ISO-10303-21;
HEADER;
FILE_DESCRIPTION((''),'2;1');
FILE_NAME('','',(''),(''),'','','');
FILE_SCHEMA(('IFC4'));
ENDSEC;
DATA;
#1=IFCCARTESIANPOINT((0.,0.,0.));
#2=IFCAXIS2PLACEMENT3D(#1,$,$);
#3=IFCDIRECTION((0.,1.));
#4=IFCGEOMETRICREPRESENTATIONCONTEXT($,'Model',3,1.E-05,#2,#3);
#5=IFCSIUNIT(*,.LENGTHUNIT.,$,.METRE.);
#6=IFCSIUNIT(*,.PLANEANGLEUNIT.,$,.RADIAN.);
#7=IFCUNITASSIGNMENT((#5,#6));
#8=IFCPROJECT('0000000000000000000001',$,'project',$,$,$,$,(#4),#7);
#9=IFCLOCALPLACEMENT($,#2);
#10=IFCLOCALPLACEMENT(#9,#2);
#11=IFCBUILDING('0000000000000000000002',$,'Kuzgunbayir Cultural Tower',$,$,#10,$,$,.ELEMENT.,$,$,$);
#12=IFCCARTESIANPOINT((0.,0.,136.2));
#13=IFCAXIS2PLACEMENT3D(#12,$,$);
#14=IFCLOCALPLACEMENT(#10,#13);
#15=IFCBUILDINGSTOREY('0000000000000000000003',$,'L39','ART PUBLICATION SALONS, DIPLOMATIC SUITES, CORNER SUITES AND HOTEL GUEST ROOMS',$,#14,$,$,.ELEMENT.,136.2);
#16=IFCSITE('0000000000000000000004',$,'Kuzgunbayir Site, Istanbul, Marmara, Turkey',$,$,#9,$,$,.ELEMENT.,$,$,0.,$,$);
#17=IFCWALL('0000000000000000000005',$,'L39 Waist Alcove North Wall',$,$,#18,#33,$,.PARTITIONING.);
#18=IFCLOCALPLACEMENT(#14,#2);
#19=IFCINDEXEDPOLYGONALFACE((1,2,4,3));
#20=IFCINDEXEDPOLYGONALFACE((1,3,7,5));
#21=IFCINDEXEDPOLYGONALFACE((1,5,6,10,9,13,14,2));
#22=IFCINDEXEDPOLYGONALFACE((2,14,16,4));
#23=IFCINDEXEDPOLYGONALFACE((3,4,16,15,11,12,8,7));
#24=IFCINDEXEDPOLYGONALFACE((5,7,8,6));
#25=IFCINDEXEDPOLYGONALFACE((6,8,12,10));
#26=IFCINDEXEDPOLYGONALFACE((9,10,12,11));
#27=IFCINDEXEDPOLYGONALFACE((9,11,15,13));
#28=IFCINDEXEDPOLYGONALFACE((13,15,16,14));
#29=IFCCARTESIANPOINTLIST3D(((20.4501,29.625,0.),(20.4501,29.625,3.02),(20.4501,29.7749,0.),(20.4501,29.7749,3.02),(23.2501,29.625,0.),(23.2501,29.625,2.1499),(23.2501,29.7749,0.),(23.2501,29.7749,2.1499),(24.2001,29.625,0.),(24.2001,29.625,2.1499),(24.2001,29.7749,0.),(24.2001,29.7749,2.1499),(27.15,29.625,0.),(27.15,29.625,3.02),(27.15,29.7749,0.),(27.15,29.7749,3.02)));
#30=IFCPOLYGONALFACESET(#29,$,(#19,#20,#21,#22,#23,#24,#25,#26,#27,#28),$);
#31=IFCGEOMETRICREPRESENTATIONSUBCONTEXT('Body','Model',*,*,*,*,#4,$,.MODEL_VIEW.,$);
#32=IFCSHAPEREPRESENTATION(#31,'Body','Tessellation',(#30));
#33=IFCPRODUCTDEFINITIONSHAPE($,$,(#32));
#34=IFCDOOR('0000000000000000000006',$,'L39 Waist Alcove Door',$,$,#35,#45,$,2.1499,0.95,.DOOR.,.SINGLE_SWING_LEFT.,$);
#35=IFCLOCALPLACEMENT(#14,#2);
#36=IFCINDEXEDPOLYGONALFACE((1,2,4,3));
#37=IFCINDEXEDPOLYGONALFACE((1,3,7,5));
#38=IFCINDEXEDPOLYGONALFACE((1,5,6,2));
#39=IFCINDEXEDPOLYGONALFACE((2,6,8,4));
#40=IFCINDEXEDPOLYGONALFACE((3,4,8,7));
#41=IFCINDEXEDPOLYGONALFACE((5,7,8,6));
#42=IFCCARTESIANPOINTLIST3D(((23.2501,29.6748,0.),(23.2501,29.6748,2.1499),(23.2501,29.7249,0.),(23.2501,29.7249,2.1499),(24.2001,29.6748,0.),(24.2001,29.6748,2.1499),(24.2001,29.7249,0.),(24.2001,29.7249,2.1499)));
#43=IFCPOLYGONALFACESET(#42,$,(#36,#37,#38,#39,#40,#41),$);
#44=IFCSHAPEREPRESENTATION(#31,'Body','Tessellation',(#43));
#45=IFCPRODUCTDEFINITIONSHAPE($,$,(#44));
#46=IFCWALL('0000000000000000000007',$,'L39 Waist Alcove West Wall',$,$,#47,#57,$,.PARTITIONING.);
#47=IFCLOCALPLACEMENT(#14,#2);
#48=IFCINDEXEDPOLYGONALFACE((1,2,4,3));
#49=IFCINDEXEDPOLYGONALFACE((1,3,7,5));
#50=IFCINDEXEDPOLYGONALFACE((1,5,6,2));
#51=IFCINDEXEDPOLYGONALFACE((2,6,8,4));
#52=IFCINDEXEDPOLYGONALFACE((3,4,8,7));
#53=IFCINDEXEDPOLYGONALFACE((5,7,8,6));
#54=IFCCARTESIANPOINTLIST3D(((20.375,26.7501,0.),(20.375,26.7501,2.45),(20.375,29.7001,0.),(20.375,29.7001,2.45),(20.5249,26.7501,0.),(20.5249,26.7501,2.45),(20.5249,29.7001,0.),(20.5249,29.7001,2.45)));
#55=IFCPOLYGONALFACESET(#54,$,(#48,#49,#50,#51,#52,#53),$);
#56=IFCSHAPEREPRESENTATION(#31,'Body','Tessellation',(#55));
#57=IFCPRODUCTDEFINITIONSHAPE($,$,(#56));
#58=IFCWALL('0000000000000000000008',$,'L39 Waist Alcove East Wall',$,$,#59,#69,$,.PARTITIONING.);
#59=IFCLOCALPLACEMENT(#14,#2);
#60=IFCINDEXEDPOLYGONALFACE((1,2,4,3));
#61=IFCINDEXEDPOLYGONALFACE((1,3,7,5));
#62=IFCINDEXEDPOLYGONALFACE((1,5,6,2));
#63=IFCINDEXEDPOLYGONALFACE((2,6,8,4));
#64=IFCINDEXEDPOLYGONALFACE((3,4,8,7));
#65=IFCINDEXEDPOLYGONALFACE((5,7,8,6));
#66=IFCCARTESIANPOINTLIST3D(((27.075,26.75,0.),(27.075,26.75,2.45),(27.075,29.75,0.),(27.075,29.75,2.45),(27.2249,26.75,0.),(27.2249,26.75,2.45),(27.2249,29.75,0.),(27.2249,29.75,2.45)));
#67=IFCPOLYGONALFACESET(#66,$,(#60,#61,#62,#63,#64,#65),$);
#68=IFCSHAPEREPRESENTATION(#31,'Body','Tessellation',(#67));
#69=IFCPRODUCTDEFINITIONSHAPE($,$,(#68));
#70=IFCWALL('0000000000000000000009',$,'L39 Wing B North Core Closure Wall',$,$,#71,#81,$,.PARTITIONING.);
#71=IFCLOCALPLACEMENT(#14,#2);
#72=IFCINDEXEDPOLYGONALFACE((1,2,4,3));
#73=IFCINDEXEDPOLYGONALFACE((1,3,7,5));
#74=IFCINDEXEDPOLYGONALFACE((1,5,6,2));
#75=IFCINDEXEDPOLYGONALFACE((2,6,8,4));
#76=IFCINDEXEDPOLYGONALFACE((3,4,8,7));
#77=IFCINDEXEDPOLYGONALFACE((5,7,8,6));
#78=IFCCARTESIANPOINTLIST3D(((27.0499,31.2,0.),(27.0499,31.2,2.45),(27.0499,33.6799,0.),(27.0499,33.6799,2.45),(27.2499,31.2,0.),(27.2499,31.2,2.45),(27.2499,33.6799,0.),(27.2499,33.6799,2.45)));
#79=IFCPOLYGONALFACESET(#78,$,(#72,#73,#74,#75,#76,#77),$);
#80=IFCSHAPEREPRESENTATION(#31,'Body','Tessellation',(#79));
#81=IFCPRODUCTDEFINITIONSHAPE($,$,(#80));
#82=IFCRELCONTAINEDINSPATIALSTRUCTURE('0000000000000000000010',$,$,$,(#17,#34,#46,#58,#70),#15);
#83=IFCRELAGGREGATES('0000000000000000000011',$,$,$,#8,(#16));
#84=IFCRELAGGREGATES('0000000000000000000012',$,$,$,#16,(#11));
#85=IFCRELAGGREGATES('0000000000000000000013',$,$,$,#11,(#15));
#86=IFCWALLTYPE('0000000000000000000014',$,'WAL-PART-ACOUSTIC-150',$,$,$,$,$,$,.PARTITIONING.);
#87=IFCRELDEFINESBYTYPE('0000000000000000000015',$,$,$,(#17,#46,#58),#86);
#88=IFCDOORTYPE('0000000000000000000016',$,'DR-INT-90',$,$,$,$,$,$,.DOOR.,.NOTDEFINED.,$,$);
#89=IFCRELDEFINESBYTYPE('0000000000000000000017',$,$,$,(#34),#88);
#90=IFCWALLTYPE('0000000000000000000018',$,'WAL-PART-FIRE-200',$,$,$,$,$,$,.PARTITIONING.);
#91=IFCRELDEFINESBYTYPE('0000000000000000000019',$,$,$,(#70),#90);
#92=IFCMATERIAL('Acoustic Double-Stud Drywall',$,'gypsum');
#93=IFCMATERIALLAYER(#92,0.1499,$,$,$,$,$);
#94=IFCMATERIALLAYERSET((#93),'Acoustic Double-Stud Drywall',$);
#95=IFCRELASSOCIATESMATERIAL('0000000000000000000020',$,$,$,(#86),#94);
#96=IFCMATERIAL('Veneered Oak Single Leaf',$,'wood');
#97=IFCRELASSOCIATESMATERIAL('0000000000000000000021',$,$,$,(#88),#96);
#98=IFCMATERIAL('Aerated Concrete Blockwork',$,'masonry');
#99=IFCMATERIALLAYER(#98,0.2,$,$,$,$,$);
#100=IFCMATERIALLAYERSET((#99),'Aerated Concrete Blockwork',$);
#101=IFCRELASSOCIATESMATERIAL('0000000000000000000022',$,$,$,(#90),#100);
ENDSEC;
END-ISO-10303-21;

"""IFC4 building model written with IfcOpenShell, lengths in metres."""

from ifc_helpers import new_model, si_unit, direction, frame, frame_2d, origin, place, context, subcontext, project, spatial, rectangle, extrude, material, layer, layer_set, type_object, element, fill, save


model = new_model("IFC4")

# Units and contexts
model_context = context("Model", 3, precision=1e-05, world=origin(), true_north=direction((0.0, 1.0)))
body_context = subcontext(model_context, "Body", "Model", "MODEL_VIEW")
ifc_project = project(units=[si_unit("LENGTHUNIT", "METRE"), si_unit("PLANEANGLEUNIT", "RADIAN")], contexts=[model_context])

# Site, building, storey
site_placement = place(None, origin())
site = spatial("IfcSite", under=ifc_project, at=site_placement, Name="Kuzgunbayir Site, Istanbul, Marmara, Turkey", CompositionType="ELEMENT", RefElevation=0.0)
building_placement = place(site_placement, origin())
building = spatial("IfcBuilding", under=site, at=building_placement, Name="Kuzgunbayir Cultural Tower", CompositionType="ELEMENT")
storey_placement = place(building_placement, frame((0.0, 0.0, 136.2)))
storey = spatial("IfcBuildingStorey", under=building, at=storey_placement, Name="L39", Description="ART PUBLICATION SALONS, DIPLOMATIC SUITES, CORNER SUITES AND HOTEL GUEST ROOMS", CompositionType="ELEMENT", Elevation=136.2)

# Wall, opening, door
ifc_material_1 = material(Name="Acoustic Double-Stud Drywall", Category="gypsum")
ifc_layer_1 = layer(ifc_material_1, 0.1499)
ifc_layer_set_1 = layer_set([ifc_layer_1], Name="Acoustic Double-Stud Drywall")
wall_type_1 = type_object("IfcWallType", Name="WAL-PART-ACOUSTIC-150", PredefinedType="PARTITIONING", material=ifc_layer_set_1)
wall_1_placement = place(storey_placement, frame((20.45, 29.7, 0.0), z_axis=(0.0, 0.0, 1.0), x_axis=(1.0, 0.0, 0.0)))
wall_1 = element("IfcWall", 1, at=wall_1_placement, inside=storey, type_object=wall_type_1, Name="L39 Waist Alcove North Wall", PredefinedType="PARTITIONING", context=body_context, shape_type="SweptSolid", body=[
    extrude(rectangle(XDim=6.7, YDim=0.1499, at=frame_2d((3.3501, 0.0))), origin(), (0.0, 0.0, 1.0), 3.02),
])
opening_1_placement = place(wall_1_placement, frame((2.8, 0.0, 0.0)))
opening_1 = element("IfcOpeningElement", 2, at=opening_1_placement, cuts=wall_1, PredefinedType="OPENING", context=body_context, shape_type="SweptSolid", body=[
    extrude(rectangle(XDim=0.95, YDim=2.1499, at=frame_2d((0.4751, 1.075))), frame((0.0, 0.085, 0.0), z_axis=(0.0, -1.0, 0.0), x_axis=(1.0, 0.0, 0.0)), (0.0, 0.0, 1.0), 0.1699),
])
ifc_material_2 = material(Name="Veneered Oak Single Leaf", Category="wood")
door_type = type_object("IfcDoorType", Name="DR-INT-90", OperationType="NOTDEFINED", PredefinedType="DOOR", material=ifc_material_2)
door_1_placement = place(opening_1_placement, origin())
door_1 = element("IfcDoor", 3, at=door_1_placement, inside=storey, type_object=door_type, Name="L39 Waist Alcove Door", OperationType="SINGLE_SWING_LEFT", OverallHeight=2.1499, OverallWidth=0.95, PredefinedType="DOOR", context=body_context, shape_type="SweptSolid", body=[
    extrude(rectangle(XDim=0.95, YDim=2.1499, at=frame_2d((0.4751, 1.075))), frame((0.0, 0.0249, 0.0), z_axis=(0.0, -1.0, 0.0), x_axis=(1.0, 0.0, 0.0)), (0.0, 0.0, 1.0), 0.05),
])
fill(opening_1, door_1)

# Walls
wall_2_placement = place(storey_placement, frame((20.45, 26.75, 0.0), z_axis=(0.0, 0.0, 1.0), x_axis=(0.0, 1.0, 0.0)))
element("IfcWall", 4, at=wall_2_placement, inside=storey, type_object=wall_type_1, Name="L39 Waist Alcove West Wall", PredefinedType="PARTITIONING", context=body_context, shape_type="SweptSolid", body=[
    extrude(rectangle(XDim=2.95, YDim=0.1499, at=frame_2d((1.4751, 0.0))), origin(), (0.0, 0.0, 1.0), 2.45),
])
wall_3_placement = place(storey_placement, frame((27.1499, 26.75, 0.0), z_axis=(0.0, 0.0, 1.0), x_axis=(0.0, 1.0, 0.0)))
element("IfcWall", 5, at=wall_3_placement, inside=storey, type_object=wall_type_1, Name="L39 Waist Alcove East Wall", PredefinedType="PARTITIONING", context=body_context, shape_type="SweptSolid", body=[
    extrude(rectangle(XDim=3.0, YDim=0.1499, at=frame_2d((1.5, 0.0))), origin(), (0.0, 0.0, 1.0), 2.45),
])

# Shared definitions
ifc_material_3 = material(Name="Aerated Concrete Blockwork", Category="masonry")
ifc_layer_2 = layer(ifc_material_3, 0.2)
ifc_layer_set_2 = layer_set([ifc_layer_2], Name="Aerated Concrete Blockwork")
wall_type_2 = type_object("IfcWallType", Name="WAL-PART-FIRE-200", PredefinedType="PARTITIONING", material=ifc_layer_set_2)

# Wall
wall_4_placement = place(storey_placement, frame((27.1499, 31.2, 0.0), z_axis=(0.0, 0.0, 1.0), x_axis=(0.0, 1.0, 0.0)))
element("IfcWall", 6, at=wall_4_placement, inside=storey, type_object=wall_type_2, Name="L39 Wing B North Core Closure Wall", PredefinedType="PARTITIONING", context=body_context, shape_type="SweptSolid", body=[
    extrude(rectangle(XDim=2.48, YDim=0.2, at=frame_2d((1.24, 0.0))), origin(), (0.0, 0.0, 1.0), 2.45),
])

save(model, "model.ifc")
